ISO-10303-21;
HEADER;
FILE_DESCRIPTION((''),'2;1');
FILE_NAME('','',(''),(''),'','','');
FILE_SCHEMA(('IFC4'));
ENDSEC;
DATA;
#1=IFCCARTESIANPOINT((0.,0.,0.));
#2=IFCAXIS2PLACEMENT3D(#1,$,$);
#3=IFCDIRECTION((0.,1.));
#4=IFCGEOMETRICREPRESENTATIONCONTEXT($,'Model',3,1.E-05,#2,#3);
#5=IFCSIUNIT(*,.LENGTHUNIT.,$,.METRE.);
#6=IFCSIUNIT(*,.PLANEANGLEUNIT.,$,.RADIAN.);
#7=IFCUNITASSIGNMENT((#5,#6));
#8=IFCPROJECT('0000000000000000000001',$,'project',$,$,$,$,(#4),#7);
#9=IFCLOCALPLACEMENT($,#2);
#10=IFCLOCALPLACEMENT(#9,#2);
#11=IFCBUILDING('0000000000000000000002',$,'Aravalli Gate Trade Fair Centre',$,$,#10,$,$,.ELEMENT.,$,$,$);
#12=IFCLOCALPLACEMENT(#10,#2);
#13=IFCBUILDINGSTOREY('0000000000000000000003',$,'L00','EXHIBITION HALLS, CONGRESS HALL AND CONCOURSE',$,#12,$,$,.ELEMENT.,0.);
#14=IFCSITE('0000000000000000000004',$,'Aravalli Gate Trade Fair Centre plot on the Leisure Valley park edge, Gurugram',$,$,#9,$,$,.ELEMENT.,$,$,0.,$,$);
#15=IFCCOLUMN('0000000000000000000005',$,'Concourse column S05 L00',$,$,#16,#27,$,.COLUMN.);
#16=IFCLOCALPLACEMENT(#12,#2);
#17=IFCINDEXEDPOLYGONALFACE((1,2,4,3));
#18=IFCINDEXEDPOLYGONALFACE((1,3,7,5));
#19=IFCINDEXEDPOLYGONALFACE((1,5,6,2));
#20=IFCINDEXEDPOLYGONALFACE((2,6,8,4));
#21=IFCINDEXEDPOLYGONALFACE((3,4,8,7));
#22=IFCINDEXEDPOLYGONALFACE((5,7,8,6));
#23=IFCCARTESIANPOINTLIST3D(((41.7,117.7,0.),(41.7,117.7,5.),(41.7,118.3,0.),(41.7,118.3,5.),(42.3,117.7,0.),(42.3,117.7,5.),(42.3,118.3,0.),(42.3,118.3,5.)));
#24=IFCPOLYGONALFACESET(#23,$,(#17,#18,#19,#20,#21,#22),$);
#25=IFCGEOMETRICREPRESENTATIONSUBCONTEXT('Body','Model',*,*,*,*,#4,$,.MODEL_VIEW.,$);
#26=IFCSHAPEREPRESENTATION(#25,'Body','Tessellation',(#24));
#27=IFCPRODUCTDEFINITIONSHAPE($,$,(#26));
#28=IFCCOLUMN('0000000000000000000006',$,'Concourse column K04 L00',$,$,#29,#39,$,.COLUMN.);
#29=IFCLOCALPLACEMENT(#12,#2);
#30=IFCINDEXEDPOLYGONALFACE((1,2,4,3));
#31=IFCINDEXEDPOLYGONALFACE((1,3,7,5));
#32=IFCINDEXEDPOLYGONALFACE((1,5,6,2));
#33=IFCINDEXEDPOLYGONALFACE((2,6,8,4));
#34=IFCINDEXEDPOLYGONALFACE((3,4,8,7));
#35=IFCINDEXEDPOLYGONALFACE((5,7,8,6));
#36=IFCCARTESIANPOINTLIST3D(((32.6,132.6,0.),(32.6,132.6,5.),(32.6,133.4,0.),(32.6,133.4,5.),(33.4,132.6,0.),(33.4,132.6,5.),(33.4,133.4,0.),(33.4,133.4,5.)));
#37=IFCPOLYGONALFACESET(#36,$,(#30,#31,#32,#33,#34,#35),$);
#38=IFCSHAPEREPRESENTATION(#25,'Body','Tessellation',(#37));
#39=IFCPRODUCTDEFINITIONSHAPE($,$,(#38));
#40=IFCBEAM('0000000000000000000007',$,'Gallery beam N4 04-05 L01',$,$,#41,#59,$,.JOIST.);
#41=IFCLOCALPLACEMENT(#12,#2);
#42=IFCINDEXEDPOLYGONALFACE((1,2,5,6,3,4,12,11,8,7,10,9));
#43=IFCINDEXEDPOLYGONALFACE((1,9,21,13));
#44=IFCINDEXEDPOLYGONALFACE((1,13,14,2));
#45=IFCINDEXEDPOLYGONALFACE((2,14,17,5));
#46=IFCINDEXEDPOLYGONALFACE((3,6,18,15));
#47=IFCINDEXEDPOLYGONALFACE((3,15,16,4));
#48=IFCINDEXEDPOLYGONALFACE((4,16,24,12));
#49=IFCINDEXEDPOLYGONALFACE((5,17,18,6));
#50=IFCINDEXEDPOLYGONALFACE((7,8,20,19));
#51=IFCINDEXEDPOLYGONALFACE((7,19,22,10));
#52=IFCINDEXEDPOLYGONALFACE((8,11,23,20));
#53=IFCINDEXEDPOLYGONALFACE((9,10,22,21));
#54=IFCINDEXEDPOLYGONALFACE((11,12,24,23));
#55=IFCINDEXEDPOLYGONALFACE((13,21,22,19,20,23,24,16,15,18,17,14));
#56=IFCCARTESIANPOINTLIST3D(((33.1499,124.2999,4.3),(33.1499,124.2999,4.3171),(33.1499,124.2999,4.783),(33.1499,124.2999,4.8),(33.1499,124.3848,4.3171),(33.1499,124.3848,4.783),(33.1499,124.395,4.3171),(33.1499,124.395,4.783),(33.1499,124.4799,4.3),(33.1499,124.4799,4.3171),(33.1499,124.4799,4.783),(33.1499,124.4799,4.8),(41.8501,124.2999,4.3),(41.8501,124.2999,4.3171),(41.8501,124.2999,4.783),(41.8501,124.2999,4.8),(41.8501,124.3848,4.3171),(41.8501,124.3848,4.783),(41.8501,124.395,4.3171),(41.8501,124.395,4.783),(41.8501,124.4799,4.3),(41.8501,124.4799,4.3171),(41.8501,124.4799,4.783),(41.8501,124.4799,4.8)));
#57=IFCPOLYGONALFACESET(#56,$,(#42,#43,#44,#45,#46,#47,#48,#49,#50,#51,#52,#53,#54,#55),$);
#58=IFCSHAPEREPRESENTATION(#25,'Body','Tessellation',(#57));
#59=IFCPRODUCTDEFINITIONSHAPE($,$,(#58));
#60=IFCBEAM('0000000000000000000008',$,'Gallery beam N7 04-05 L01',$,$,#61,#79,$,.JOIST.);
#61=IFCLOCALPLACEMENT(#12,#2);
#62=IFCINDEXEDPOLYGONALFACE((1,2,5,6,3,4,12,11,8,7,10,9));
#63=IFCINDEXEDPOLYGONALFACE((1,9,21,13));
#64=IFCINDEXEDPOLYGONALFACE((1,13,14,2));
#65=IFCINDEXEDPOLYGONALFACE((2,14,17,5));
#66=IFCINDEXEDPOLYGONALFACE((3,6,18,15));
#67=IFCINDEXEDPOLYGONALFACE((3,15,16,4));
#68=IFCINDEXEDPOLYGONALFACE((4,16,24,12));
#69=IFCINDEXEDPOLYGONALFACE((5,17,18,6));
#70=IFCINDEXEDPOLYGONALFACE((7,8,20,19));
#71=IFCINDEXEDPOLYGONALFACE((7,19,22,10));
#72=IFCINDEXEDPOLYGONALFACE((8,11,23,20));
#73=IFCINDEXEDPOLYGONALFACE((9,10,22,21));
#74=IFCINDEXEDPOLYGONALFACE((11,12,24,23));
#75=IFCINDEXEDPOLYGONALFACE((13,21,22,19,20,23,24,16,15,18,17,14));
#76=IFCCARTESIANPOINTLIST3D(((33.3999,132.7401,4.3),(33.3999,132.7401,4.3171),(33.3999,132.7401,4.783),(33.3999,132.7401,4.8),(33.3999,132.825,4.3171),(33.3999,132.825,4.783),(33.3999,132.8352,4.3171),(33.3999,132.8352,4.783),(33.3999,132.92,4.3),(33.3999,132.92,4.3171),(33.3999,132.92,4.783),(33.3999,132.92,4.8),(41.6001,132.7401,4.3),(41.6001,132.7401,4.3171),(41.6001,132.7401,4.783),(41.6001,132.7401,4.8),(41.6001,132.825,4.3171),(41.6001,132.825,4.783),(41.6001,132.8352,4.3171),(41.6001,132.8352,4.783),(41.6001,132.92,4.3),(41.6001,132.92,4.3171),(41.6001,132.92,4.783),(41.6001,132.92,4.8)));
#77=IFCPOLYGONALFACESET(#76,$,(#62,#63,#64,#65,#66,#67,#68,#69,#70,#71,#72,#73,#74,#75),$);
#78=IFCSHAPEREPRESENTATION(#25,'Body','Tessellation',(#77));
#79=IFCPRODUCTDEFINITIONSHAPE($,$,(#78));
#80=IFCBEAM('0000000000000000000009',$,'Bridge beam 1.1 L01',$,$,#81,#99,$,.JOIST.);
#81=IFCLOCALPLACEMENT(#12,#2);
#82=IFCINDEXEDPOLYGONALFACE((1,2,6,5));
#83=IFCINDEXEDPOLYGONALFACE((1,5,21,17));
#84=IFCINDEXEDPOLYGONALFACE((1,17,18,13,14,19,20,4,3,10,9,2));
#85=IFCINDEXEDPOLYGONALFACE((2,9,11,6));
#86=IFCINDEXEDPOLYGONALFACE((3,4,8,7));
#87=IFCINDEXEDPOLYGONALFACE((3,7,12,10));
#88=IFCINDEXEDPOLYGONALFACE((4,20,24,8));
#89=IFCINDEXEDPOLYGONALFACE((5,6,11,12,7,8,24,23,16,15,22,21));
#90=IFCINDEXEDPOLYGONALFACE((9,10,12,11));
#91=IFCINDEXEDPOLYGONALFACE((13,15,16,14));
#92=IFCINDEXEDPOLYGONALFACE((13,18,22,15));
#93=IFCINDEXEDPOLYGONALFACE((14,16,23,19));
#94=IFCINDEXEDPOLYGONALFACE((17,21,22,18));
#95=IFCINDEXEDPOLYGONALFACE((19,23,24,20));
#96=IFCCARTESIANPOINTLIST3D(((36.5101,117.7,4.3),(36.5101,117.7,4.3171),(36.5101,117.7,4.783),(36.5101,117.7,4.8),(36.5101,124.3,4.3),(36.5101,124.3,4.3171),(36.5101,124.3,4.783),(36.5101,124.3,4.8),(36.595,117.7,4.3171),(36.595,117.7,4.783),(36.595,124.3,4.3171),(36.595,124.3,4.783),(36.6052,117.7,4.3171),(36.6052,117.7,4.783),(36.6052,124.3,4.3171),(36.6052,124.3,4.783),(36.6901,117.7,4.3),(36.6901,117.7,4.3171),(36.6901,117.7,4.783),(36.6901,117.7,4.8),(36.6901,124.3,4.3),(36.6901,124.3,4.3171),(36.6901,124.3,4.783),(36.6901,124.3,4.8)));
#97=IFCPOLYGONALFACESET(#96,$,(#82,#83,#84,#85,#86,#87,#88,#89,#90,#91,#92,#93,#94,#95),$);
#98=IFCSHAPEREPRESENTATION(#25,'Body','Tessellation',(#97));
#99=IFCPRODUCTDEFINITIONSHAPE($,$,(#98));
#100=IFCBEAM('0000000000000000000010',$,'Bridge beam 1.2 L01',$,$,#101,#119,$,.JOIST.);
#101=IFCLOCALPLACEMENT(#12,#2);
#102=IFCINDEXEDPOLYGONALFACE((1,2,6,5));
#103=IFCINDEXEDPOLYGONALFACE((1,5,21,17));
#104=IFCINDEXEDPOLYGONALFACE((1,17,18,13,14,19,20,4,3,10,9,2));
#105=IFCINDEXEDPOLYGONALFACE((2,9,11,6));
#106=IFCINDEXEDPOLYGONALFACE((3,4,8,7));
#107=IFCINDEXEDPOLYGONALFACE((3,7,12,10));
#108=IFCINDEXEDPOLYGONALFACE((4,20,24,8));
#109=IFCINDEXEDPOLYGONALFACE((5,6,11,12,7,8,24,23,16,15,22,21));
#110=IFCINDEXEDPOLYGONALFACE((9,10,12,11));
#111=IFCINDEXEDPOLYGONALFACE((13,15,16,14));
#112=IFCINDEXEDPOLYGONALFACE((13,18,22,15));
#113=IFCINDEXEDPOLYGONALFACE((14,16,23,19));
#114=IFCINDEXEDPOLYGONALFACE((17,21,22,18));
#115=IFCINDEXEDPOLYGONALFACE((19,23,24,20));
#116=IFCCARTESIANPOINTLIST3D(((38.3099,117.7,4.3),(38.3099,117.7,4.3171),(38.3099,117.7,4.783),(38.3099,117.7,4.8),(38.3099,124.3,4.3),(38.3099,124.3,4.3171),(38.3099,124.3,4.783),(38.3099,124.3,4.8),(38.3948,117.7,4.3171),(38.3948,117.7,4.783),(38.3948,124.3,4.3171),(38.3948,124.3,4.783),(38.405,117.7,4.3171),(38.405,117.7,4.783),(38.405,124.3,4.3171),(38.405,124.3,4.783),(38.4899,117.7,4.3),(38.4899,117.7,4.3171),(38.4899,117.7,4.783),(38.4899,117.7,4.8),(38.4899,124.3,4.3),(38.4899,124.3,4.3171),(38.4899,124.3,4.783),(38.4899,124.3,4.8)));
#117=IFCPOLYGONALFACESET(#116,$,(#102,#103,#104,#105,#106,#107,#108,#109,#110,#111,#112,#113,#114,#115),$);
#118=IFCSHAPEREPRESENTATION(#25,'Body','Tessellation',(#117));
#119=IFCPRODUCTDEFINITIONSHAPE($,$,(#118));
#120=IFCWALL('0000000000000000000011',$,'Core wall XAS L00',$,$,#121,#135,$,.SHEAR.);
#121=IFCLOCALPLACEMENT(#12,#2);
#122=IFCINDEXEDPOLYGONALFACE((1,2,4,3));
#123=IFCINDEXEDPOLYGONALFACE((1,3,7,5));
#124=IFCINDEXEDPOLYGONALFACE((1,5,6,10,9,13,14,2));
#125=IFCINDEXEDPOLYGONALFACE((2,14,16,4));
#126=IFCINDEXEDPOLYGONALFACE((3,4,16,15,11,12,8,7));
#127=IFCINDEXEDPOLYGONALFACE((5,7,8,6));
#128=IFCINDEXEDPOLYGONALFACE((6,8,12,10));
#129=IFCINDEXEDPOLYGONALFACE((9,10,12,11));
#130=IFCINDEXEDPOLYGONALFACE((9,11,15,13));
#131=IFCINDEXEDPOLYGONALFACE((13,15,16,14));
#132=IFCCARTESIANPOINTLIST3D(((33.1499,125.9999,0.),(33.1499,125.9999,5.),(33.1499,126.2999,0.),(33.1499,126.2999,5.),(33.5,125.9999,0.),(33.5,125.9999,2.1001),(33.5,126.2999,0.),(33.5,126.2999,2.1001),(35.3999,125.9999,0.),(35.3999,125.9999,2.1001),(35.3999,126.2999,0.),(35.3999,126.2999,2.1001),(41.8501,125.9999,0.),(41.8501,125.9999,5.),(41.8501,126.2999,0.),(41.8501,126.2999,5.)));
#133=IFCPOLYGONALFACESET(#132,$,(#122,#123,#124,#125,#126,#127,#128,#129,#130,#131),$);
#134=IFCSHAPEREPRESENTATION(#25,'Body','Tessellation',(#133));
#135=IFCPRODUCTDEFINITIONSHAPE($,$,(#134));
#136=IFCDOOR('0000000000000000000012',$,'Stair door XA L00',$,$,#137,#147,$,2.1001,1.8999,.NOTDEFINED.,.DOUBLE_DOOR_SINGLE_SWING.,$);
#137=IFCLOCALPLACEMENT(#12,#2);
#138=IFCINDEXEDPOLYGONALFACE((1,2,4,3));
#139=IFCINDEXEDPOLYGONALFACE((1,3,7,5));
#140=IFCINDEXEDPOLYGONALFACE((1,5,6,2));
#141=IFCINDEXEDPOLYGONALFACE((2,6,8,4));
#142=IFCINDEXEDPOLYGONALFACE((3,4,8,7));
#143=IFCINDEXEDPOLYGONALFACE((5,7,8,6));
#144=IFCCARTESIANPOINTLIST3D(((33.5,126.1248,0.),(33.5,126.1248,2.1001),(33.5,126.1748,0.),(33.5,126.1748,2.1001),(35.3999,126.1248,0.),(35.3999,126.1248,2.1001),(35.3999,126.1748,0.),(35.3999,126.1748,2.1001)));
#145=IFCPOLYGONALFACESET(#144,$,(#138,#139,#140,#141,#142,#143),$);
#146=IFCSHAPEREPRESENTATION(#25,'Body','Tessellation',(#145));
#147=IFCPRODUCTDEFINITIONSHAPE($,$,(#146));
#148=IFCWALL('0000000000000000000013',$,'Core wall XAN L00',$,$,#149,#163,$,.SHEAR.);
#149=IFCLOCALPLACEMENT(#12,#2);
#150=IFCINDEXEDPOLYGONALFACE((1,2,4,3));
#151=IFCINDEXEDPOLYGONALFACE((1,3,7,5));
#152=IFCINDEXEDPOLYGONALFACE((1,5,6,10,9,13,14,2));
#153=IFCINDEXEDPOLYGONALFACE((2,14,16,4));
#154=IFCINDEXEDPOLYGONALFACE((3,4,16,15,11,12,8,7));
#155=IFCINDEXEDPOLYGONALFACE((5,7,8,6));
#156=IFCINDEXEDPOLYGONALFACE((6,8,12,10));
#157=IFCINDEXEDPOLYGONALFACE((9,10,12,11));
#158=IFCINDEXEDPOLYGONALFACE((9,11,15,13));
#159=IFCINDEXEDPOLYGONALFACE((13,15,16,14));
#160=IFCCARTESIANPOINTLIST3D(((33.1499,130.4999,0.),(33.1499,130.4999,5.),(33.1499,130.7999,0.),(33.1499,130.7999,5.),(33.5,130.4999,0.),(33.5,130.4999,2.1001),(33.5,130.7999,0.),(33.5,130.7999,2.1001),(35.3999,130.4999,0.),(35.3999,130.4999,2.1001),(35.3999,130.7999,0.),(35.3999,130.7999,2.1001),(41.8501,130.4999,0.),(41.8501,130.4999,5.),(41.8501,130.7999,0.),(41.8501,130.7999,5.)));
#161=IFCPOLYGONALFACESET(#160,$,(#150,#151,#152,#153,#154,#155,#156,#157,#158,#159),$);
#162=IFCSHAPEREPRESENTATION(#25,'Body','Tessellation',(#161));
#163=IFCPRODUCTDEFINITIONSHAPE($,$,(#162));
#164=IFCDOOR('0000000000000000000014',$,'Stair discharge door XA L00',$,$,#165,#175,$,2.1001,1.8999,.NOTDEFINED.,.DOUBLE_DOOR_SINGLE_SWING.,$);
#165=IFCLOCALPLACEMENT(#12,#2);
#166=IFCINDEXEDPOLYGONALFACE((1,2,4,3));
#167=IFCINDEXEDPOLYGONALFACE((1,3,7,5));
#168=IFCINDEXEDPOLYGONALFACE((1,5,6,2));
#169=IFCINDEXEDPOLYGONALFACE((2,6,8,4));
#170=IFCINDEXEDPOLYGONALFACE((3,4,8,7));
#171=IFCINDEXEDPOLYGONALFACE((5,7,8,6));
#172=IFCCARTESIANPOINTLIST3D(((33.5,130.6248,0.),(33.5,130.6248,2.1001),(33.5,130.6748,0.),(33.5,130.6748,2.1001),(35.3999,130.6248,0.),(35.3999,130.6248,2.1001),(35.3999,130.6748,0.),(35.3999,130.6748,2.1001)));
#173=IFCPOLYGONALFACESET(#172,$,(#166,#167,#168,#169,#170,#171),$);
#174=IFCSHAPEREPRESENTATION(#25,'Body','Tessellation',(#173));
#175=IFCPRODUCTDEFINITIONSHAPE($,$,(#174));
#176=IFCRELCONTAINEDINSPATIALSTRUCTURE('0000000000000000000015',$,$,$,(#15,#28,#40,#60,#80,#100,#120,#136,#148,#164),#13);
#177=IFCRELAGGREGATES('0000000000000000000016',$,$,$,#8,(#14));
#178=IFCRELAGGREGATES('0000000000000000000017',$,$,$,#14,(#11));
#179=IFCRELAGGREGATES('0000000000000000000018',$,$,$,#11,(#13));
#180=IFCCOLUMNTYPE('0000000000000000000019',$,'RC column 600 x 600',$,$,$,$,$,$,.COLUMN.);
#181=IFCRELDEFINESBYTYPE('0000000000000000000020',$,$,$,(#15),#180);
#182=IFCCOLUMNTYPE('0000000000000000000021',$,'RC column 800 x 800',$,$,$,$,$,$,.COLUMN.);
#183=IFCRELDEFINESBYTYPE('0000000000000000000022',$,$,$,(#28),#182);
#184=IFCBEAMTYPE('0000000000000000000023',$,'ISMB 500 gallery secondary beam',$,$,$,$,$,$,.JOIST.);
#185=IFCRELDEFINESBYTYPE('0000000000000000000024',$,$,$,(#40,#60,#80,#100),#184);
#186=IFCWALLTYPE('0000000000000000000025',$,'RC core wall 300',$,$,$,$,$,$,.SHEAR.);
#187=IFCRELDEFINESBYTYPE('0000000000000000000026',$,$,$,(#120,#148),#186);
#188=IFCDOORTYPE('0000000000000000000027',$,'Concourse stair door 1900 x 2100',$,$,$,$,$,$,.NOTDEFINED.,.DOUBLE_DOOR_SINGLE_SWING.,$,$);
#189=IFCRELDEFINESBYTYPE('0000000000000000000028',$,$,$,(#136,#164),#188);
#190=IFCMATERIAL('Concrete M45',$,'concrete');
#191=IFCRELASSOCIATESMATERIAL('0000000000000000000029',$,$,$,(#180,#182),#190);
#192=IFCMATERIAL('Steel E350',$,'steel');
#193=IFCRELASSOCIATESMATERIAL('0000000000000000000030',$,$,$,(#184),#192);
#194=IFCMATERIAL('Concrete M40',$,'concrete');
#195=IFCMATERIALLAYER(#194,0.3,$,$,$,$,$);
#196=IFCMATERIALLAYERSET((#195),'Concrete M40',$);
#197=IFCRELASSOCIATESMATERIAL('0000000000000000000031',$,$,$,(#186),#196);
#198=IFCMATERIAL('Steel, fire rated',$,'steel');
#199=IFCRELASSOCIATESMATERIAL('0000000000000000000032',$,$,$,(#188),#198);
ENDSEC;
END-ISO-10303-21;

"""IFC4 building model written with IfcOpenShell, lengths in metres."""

from ifc_helpers import new_model, si_unit, direction, frame, frame_2d, origin, origin_2d, place, context, subcontext, project, spatial, rectangle, i_section, extrude, material, layer, layer_set, material_profile, profile_set, type_object, element, fill, save


model = new_model("IFC4")

# Units and contexts
model_context = context("Model", 3, precision=1e-05, world=origin(), true_north=direction((0.0, 1.0)))
body_context = subcontext(model_context, "Body", "Model", "MODEL_VIEW")
ifc_project = project(units=[si_unit("LENGTHUNIT", "METRE"), si_unit("PLANEANGLEUNIT", "RADIAN")], contexts=[model_context])

# Site, building, storey
site_placement = place(None, origin())
site = spatial("IfcSite", under=ifc_project, at=site_placement, Name="Aravalli Gate Trade Fair Centre plot on the Leisure Valley park edge, Gurugram", CompositionType="ELEMENT", RefElevation=0.0)
building_placement = place(site_placement, origin())
building = spatial("IfcBuilding", under=site, at=building_placement, Name="Aravalli Gate Trade Fair Centre", CompositionType="ELEMENT")
storey_placement = place(building_placement, origin())
storey = spatial("IfcBuildingStorey", under=building, at=storey_placement, Name="L00", Description="EXHIBITION HALLS, CONGRESS HALL AND CONCOURSE", CompositionType="ELEMENT", Elevation=0.0)

# Columns
ifc_material_1 = material(Name="Concrete M45", Category="concrete")
ifc_material_profile_1 = material_profile(ifc_material_1, rectangle(XDim=0.6001, YDim=0.6001, at=origin_2d()), Name="RC column 600 x 600")
ifc_profile_set_1 = profile_set([ifc_material_profile_1], Name="Concrete M45")
column_type_1 = type_object("IfcColumnType", Name="RC column 600 x 600", PredefinedType="COLUMN", material=ifc_profile_set_1)
column_1_placement = place(storey_placement, frame((42.0, 118.0, 0.0), z_axis=(0.0, 0.0, 1.0), x_axis=(1.0, 0.0, 0.0)))
element("IfcColumn", 1, at=column_1_placement, inside=storey, type_object=column_type_1, Name="Concourse column S05 L00", PredefinedType="COLUMN", context=body_context, shape_type="SweptSolid", body=[
    extrude(rectangle(XDim=0.6001, YDim=0.6001, at=origin_2d()), origin(), (0.0, 0.0, 1.0), 5.0),
])
ifc_material_profile_2 = material_profile(ifc_material_1, rectangle(XDim=0.8, YDim=0.8, at=origin_2d()), Name="RC column 800 x 800")
ifc_profile_set_2 = profile_set([ifc_material_profile_2], Name="Concrete M45")
column_type_2 = type_object("IfcColumnType", Name="RC column 800 x 800", PredefinedType="COLUMN", material=ifc_profile_set_2)
column_2_placement = place(storey_placement, frame((33.0, 133.0, 0.0), z_axis=(0.0, 0.0, 1.0), x_axis=(1.0, 0.0, 0.0)))
element("IfcColumn", 2, at=column_2_placement, inside=storey, type_object=column_type_2, Name="Concourse column K04 L00", PredefinedType="COLUMN", context=body_context, shape_type="SweptSolid", body=[
    extrude(rectangle(XDim=0.8, YDim=0.8, at=origin_2d()), origin(), (0.0, 0.0, 1.0), 5.0),
])

# Beams
ifc_material_2 = material(Name="Steel E350", Category="steel")
ifc_material_profile_3 = material_profile(ifc_material_2, i_section(OverallWidth=0.1799, OverallDepth=0.5, WebThickness=0.0103, FlangeThickness=0.0171, at=origin_2d()), Name="ISMB 500")
ifc_profile_set_3 = profile_set([ifc_material_profile_3], Name="Steel E350")
beam_type = type_object("IfcBeamType", Name="ISMB 500 gallery secondary beam", PredefinedType="JOIST", material=ifc_profile_set_3)
beam_1_placement = place(storey_placement, frame((33.1499, 124.3899, 4.55), z_axis=(1.0, 0.0, 0.0), x_axis=(0.0, 1.0, 0.0)))
element("IfcBeam", 3, at=beam_1_placement, inside=storey, type_object=beam_type, Name="Gallery beam N4 04-05 L01", PredefinedType="JOIST", context=body_context, shape_type="SweptSolid", body=[
    extrude(i_section(OverallWidth=0.1799, OverallDepth=0.5, WebThickness=0.0103, FlangeThickness=0.0171, at=origin_2d()), origin(), (0.0, 0.0, 1.0), 8.7002),
])
beam_2_placement = place(storey_placement, frame((33.3999, 132.8301, 4.55), z_axis=(1.0, 0.0, 0.0), x_axis=(0.0, 1.0, 0.0)))
element("IfcBeam", 4, at=beam_2_placement, inside=storey, type_object=beam_type, Name="Gallery beam N7 04-05 L01", PredefinedType="JOIST", context=body_context, shape_type="SweptSolid", body=[
    extrude(i_section(OverallWidth=0.1799, OverallDepth=0.5, WebThickness=0.0103, FlangeThickness=0.0171, at=origin_2d()), origin(), (0.0, 0.0, 1.0), 8.2002),
])
for number, where, z_axis, x_axis, name in (
    (5, (36.6001, 117.7, 4.55), (0.0, 1.0, 0.0), (-1.0, 0.0, 0.0), "Bridge beam 1.1 L01"),
    (6, (38.3999, 117.7, 4.55), (0.0, 1.0, 0.0), (-1.0, 0.0, 0.0), "Bridge beam 1.2 L01"),
):
    element("IfcBeam", number, at=place(storey_placement, frame(where, z_axis=z_axis, x_axis=x_axis)), inside=storey, type_object=beam_type, Name=name, PredefinedType="JOIST", context=body_context, shape_type="SweptSolid", body=[
        extrude(i_section(OverallWidth=0.1799, OverallDepth=0.5, WebThickness=0.0103, FlangeThickness=0.0171, at=origin_2d()), origin(), (0.0, 0.0, 1.0), 6.6001),
    ])

# Walls, openings, doors
ifc_material_3 = material(Name="Concrete M40", Category="concrete")
ifc_layer_1 = layer(ifc_material_3, 0.3)
ifc_layer_set_1 = layer_set([ifc_layer_1], Name="Concrete M40")
wall_type_1 = type_object("IfcWallType", Name="RC core wall 300", PredefinedType="SHEAR", material=ifc_layer_set_1)
wall_1_placement = place(storey_placement, frame((33.1499, 126.1499, 0.0), z_axis=(0.0, 0.0, 1.0), x_axis=(1.0, 0.0, 0.0)))
wall_1 = element("IfcWall", 7, at=wall_1_placement, inside=storey, type_object=wall_type_1, Name="Core wall XAS L00", PredefinedType="SHEAR", context=body_context, shape_type="SweptSolid", body=[
    extrude(rectangle(XDim=8.7002, YDim=0.3, at=frame_2d((4.3501, 0.0))), origin(), (0.0, 0.0, 1.0), 5.0),
])
opening_1_placement = place(wall_1_placement, frame((0.3501, 0.0, 0.0)))
opening_1 = element("IfcOpeningElement", 8, at=opening_1_placement, cuts=wall_1, PredefinedType="OPENING", context=body_context, shape_type="SweptSolid", body=[
    extrude(rectangle(XDim=1.8999, YDim=2.1001, at=frame_2d((0.95, 1.05))), frame((0.0, 0.1599, 0.0), z_axis=(0.0, -1.0, 0.0), x_axis=(1.0, 0.0, 0.0)), (0.0, 0.0, 1.0), 0.3201),
])
ifc_material_4 = material(Name="Steel, fire rated", Category="steel")
door_type_1 = type_object("IfcDoorType", Name="Concourse stair door 1900 x 2100", OperationType="DOUBLE_DOOR_SINGLE_SWING", PredefinedType="NOTDEFINED", material=ifc_material_4)
door_1_placement = place(opening_1_placement, origin())
door_1 = element("IfcDoor", 9, at=door_1_placement, inside=storey, type_object=door_type_1, Name="Stair door XA L00", OperationType="DOUBLE_DOOR_SINGLE_SWING", OverallHeight=2.1001, OverallWidth=1.8999, PredefinedType="NOTDEFINED", context=body_context, shape_type="SweptSolid", body=[
    extrude(rectangle(XDim=1.8999, YDim=2.1001, at=frame_2d((0.95, 1.05))), frame((0.0, 0.0249, 0.0), z_axis=(0.0, -1.0, 0.0), x_axis=(1.0, 0.0, 0.0)), (0.0, 0.0, 1.0), 0.05),
])
fill(opening_1, door_1)
wall_2_placement = place(storey_placement, frame((33.1499, 130.6499, 0.0), z_axis=(0.0, 0.0, 1.0), x_axis=(1.0, 0.0, 0.0)))
wall_2 = element("IfcWall", 10, at=wall_2_placement, inside=storey, type_object=wall_type_1, Name="Core wall XAN L00", PredefinedType="SHEAR", context=body_context, shape_type="SweptSolid", body=[
    extrude(rectangle(XDim=8.7002, YDim=0.3, at=frame_2d((4.3501, 0.0))), origin(), (0.0, 0.0, 1.0), 5.0),
])
opening_2_placement = place(wall_2_placement, frame((0.3501, 0.0, 0.0)))
opening_2 = element("IfcOpeningElement", 11, at=opening_2_placement, cuts=wall_2, PredefinedType="OPENING", context=body_context, shape_type="SweptSolid", body=[
    extrude(rectangle(XDim=1.8999, YDim=2.1001, at=frame_2d((0.95, 1.05))), frame((0.0, 0.1599, 0.0), z_axis=(0.0, -1.0, 0.0), x_axis=(1.0, 0.0, 0.0)), (0.0, 0.0, 1.0), 0.3201),
])
door_2_placement = place(opening_2_placement, origin())
door_2 = element("IfcDoor", 12, at=door_2_placement, inside=storey, type_object=door_type_1, Name="Stair discharge door XA L00", OperationType="DOUBLE_DOOR_SINGLE_SWING", OverallHeight=2.1001, OverallWidth=1.8999, PredefinedType="NOTDEFINED", context=body_context, shape_type="SweptSolid", body=[
    extrude(rectangle(XDim=1.8999, YDim=2.1001, at=frame_2d((0.95, 1.05))), frame((0.0, 0.0249, 0.0), z_axis=(0.0, -1.0, 0.0), x_axis=(1.0, 0.0, 0.0)), (0.0, 0.0, 1.0), 0.05),
])
fill(opening_2, door_2)

save(model, "model.ifc")
